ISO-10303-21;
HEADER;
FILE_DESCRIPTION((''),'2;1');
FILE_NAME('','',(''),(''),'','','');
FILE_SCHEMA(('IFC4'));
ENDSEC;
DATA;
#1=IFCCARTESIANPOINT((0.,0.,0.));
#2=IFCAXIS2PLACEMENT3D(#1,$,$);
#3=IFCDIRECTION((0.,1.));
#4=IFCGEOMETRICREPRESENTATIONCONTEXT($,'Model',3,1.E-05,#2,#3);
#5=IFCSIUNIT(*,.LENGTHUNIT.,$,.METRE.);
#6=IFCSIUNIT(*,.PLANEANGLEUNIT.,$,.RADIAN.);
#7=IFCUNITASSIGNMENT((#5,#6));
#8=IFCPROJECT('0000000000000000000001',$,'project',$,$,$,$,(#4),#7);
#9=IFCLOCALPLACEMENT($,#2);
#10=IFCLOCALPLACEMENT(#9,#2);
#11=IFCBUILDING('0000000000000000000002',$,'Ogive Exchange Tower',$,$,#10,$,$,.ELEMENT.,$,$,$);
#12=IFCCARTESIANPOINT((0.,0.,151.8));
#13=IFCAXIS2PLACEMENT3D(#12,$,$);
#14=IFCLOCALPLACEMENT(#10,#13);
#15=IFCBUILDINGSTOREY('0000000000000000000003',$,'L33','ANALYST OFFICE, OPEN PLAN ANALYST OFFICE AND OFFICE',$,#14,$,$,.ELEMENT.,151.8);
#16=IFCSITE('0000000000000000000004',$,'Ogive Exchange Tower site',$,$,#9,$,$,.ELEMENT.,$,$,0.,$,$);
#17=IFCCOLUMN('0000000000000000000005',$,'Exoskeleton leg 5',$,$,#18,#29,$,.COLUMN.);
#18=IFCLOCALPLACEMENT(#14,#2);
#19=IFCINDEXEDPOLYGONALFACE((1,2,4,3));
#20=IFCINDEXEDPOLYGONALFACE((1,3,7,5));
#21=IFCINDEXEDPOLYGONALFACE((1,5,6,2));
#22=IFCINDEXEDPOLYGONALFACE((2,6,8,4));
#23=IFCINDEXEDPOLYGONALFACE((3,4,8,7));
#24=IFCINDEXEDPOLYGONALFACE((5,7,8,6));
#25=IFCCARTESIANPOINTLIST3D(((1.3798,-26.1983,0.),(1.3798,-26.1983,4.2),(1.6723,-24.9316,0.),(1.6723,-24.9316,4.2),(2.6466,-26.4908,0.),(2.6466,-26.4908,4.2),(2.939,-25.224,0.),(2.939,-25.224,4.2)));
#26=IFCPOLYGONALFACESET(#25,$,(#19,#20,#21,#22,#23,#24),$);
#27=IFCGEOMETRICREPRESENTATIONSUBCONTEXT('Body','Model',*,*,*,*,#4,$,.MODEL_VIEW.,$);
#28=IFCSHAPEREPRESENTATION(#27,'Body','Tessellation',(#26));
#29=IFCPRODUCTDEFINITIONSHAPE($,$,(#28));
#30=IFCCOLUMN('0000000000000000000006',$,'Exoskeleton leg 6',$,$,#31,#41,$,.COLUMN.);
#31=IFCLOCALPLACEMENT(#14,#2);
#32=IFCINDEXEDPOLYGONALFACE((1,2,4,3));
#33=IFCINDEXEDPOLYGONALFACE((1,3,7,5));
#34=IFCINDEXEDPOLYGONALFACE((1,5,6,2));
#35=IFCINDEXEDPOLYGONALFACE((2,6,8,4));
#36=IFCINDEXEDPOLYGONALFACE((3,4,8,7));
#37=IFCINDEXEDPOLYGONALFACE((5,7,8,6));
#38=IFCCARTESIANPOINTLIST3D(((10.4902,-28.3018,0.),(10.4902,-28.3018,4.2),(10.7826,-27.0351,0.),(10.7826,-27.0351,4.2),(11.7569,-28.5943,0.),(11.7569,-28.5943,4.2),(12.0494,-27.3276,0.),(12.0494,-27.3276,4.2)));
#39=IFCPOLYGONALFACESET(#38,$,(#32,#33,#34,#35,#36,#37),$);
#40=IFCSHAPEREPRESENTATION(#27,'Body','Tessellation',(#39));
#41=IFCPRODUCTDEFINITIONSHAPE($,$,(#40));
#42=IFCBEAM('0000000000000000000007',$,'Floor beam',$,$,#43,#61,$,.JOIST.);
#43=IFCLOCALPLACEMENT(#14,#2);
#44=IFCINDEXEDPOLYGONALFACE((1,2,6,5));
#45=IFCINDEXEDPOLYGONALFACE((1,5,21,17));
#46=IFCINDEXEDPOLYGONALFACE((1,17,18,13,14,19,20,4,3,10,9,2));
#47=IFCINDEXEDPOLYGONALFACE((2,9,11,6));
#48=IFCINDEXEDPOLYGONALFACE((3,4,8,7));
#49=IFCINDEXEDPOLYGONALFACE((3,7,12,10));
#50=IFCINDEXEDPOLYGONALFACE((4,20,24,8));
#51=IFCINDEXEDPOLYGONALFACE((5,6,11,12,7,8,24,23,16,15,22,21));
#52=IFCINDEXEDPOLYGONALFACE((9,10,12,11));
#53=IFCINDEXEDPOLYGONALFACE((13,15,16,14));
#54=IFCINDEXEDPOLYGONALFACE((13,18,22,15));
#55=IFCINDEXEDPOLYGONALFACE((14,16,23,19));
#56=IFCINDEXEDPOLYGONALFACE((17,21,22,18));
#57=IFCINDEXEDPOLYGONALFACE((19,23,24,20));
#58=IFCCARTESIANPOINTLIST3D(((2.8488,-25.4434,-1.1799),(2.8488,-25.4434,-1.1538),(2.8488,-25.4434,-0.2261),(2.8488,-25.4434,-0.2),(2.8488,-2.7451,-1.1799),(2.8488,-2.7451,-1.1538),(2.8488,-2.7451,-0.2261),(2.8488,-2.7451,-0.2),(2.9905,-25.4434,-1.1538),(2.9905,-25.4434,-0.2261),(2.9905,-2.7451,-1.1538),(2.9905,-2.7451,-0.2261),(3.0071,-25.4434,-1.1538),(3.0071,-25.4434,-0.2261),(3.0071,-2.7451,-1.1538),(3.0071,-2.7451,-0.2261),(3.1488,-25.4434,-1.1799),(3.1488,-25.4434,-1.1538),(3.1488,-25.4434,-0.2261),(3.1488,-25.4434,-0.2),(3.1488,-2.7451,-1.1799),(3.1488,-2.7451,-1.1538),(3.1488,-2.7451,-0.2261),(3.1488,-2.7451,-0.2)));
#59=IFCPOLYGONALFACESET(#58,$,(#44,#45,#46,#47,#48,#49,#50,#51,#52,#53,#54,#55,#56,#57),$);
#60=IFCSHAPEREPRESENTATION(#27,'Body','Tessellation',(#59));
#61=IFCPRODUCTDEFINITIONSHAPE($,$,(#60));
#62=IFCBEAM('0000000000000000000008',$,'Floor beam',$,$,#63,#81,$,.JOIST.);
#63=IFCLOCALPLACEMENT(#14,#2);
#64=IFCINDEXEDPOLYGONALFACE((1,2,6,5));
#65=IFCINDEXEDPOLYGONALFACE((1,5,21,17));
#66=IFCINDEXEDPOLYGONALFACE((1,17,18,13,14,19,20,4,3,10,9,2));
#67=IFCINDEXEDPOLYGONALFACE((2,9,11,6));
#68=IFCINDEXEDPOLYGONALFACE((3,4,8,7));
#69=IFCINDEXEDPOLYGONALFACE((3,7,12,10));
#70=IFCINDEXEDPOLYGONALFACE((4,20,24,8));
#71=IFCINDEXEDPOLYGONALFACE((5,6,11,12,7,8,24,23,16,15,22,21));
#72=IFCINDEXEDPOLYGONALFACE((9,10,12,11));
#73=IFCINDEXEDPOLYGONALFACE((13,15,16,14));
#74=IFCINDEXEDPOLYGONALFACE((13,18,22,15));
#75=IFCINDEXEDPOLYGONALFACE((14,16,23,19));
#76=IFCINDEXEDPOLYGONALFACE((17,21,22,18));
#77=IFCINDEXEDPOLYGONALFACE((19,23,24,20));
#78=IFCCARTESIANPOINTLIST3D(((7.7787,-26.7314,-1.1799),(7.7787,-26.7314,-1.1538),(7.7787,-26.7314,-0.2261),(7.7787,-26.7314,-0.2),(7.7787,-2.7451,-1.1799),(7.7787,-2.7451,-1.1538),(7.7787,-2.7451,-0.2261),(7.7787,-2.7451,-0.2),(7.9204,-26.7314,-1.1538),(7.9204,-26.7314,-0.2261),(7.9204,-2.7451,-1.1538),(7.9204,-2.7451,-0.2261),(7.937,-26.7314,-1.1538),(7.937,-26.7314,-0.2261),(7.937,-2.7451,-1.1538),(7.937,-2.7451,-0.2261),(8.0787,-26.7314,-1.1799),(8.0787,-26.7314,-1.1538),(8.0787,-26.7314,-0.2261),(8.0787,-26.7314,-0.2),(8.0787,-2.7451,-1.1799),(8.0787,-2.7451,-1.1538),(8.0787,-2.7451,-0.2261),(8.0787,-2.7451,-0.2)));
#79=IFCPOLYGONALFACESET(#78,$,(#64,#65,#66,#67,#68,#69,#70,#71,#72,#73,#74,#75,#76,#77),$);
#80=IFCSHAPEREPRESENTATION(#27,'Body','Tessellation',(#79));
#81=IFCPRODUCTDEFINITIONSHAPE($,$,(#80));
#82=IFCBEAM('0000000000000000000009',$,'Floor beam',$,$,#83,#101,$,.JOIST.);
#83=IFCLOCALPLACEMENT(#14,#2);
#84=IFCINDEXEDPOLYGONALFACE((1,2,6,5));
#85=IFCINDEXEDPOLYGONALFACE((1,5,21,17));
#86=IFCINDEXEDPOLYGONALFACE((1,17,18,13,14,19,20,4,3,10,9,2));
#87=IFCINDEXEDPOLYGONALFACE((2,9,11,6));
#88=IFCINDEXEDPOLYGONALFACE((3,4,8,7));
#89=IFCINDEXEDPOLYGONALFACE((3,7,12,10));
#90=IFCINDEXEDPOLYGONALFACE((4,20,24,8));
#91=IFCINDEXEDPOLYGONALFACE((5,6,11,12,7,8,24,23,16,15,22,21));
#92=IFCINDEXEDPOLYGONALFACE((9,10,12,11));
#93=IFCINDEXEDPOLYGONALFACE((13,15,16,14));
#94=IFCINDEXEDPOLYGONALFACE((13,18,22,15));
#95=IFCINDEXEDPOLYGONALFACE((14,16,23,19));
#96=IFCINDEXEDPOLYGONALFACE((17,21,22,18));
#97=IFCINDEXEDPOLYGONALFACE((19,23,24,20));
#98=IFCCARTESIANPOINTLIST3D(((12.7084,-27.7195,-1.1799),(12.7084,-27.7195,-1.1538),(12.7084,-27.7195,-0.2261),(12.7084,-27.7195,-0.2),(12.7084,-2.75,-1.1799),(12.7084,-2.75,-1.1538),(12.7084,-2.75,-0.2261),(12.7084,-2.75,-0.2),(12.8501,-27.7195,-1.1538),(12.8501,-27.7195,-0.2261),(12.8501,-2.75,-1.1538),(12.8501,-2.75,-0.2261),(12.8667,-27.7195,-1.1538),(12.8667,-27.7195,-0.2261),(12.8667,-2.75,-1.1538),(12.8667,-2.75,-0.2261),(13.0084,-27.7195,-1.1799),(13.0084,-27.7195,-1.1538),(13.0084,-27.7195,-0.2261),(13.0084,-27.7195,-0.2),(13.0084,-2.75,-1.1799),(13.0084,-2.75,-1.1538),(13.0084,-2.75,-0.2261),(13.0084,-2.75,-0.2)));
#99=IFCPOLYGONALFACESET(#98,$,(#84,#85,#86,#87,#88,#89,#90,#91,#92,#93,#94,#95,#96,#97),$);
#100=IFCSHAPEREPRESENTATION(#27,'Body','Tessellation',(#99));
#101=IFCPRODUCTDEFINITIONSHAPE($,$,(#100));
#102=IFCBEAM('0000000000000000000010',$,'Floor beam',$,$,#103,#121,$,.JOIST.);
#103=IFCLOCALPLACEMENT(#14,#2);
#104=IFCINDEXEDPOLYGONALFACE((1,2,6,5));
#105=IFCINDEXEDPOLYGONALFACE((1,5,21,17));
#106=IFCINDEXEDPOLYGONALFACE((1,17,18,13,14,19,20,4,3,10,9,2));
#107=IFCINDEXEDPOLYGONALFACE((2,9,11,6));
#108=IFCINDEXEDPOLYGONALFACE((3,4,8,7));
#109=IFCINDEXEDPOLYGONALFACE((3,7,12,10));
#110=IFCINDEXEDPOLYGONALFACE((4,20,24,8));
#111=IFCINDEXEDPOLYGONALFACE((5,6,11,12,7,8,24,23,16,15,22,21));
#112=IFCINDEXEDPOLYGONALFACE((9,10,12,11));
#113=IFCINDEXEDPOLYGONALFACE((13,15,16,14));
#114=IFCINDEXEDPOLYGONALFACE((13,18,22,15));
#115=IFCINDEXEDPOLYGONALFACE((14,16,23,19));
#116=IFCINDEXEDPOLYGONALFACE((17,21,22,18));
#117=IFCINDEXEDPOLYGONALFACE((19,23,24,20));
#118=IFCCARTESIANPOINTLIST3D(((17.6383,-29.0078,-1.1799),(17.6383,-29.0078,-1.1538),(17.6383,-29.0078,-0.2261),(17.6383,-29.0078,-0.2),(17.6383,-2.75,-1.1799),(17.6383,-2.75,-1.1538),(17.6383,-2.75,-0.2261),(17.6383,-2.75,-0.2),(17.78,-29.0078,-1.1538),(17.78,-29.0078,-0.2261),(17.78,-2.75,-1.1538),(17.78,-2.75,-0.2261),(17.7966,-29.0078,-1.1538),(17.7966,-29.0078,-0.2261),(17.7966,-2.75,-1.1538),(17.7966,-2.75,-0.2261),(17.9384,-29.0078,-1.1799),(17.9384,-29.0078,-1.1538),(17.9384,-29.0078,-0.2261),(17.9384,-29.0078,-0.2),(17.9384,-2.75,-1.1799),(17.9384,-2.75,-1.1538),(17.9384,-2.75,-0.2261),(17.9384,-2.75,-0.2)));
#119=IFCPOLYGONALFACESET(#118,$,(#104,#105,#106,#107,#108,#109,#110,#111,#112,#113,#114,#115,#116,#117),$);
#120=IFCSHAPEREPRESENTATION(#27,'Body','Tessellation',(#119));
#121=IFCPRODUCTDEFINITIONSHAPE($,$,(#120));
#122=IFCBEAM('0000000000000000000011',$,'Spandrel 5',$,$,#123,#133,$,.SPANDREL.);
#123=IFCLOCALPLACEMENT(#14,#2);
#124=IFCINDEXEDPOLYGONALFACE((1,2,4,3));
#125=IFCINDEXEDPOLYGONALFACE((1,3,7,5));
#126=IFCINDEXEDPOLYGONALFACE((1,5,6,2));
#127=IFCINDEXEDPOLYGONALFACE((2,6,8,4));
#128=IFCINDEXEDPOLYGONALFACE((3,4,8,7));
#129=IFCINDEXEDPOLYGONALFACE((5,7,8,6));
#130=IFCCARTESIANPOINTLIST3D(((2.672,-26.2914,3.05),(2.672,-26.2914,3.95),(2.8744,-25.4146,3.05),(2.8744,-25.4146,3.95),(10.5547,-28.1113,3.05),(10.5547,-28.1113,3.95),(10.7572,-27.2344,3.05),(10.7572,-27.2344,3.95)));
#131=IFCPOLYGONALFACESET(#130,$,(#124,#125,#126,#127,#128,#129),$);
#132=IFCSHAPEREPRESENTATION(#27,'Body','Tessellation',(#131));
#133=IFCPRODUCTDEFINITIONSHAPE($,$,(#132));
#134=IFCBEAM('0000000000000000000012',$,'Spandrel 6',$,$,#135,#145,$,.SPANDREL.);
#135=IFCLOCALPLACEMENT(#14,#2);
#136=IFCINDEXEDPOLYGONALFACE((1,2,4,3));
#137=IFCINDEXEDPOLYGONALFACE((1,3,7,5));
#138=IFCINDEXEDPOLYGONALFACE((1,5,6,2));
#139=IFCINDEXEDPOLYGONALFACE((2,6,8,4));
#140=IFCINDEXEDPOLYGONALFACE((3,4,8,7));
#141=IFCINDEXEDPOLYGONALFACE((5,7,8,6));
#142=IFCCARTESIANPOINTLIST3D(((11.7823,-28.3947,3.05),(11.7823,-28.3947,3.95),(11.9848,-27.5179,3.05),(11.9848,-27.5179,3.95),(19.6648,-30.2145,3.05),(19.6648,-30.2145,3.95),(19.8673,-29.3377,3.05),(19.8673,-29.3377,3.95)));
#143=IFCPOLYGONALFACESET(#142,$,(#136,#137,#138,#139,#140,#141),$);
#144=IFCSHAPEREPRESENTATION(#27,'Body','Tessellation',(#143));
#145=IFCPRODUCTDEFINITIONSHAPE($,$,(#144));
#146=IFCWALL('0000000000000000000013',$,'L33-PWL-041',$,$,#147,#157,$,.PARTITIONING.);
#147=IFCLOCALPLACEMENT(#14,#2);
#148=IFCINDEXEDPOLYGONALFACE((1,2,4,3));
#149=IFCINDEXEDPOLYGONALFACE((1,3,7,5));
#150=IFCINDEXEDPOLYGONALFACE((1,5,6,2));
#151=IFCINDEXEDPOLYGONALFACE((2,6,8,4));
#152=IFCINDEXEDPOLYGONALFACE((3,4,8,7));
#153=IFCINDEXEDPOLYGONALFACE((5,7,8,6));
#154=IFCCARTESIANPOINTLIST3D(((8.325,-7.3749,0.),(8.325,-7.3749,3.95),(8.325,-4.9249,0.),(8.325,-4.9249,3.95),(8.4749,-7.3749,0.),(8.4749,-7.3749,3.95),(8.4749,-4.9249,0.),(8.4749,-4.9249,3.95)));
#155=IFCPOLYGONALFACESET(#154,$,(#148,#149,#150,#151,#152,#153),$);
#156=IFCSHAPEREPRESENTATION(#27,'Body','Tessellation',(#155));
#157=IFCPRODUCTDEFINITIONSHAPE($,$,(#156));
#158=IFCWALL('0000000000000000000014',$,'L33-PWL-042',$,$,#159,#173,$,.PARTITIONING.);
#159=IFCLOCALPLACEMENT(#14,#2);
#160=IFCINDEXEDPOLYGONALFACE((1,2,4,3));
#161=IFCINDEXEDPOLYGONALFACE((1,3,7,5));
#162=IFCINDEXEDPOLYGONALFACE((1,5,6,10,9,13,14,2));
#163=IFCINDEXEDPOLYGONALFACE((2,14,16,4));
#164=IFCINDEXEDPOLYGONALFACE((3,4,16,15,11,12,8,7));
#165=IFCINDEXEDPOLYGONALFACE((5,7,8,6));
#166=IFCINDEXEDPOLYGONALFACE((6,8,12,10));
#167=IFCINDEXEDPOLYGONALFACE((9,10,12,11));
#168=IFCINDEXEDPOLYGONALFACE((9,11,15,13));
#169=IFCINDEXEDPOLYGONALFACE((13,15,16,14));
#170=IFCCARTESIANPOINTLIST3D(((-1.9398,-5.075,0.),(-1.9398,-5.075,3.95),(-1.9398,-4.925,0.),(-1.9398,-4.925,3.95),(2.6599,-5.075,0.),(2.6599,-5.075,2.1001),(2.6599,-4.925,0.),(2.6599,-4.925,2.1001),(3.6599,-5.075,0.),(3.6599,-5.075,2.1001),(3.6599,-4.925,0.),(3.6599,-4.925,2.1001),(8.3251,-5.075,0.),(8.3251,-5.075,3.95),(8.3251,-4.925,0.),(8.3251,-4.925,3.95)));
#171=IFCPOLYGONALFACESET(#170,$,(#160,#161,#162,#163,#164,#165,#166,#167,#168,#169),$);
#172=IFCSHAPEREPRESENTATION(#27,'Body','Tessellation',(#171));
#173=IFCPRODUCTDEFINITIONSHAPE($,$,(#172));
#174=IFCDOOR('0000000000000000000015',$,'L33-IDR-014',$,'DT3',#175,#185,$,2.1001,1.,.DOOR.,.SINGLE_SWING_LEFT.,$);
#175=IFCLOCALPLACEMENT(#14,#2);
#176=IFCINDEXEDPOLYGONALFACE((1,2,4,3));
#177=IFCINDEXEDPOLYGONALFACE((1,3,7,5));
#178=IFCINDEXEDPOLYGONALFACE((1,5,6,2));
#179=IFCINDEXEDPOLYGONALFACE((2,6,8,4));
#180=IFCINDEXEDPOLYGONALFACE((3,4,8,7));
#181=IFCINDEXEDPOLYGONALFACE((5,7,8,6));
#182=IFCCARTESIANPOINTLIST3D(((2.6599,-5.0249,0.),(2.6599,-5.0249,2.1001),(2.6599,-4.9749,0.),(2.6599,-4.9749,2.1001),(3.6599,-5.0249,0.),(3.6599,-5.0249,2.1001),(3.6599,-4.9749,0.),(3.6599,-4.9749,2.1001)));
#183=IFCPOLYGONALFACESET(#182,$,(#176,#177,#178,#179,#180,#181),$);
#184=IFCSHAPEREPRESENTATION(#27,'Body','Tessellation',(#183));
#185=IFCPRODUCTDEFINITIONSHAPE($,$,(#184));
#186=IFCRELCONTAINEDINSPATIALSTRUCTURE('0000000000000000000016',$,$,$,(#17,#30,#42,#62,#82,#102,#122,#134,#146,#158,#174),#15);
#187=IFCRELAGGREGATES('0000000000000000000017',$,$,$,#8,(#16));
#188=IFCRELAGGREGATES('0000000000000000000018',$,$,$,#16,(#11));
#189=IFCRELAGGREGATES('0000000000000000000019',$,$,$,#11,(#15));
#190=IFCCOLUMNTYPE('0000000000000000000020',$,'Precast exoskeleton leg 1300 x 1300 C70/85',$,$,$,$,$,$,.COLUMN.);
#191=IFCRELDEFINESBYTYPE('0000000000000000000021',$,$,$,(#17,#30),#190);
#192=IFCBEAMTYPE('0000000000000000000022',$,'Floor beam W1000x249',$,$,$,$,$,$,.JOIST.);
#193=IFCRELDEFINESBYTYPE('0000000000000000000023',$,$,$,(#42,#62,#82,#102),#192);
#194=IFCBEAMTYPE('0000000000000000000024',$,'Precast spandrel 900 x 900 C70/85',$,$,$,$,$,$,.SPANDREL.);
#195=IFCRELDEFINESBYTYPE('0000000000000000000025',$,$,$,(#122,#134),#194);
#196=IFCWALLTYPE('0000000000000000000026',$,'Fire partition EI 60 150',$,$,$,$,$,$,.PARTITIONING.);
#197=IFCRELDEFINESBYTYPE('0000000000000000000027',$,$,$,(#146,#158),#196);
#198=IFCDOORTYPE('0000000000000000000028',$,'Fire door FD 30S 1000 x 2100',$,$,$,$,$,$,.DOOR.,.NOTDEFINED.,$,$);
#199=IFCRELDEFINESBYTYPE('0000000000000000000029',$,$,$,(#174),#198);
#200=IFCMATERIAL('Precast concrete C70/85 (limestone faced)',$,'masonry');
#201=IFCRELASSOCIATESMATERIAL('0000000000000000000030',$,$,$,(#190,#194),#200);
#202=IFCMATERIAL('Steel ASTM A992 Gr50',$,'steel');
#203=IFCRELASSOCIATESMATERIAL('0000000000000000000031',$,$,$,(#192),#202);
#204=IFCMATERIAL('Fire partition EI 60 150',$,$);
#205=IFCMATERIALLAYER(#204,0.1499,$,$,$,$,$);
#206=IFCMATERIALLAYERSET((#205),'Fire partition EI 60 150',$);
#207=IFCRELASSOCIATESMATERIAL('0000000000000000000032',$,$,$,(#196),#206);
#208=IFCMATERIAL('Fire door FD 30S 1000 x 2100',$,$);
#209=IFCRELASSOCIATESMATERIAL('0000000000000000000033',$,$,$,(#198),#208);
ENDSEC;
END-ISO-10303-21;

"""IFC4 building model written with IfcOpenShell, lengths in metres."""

from ifc_helpers import new_model, si_unit, direction, frame, frame_2d, origin, origin_2d, place, context, subcontext, project, spatial, rectangle, i_section, extrude, material, layer, layer_set, material_profile, profile_set, type_object, element, fill, save


model = new_model("IFC4")

# Units and contexts
model_context = context("Model", 3, precision=1e-05, world=origin(), true_north=direction((0.0, 1.0)))
body_context = subcontext(model_context, "Body", "Model", "MODEL_VIEW")
ifc_project = project(units=[si_unit("LENGTHUNIT", "METRE"), si_unit("PLANEANGLEUNIT", "RADIAN")], contexts=[model_context])

# Site, building, storey
site_placement = place(None, origin())
site = spatial("IfcSite", under=ifc_project, at=site_placement, Name="Ogive Exchange Tower site", CompositionType="ELEMENT", RefElevation=0.0)
building_placement = place(site_placement, origin())
building = spatial("IfcBuilding", under=site, at=building_placement, Name="Ogive Exchange Tower", CompositionType="ELEMENT")
storey_placement = place(building_placement, frame((0.0, 0.0, 151.8)))
storey = spatial("IfcBuildingStorey", under=building, at=storey_placement, Name="L33", Description="ANALYST OFFICE, OPEN PLAN ANALYST OFFICE AND OFFICE", CompositionType="ELEMENT", Elevation=151.8)

# Columns
ifc_material_1 = material(Name="Precast concrete C70/85 (limestone faced)", Category="masonry")
ifc_material_profile_1 = material_profile(ifc_material_1, rectangle(XDim=1.3, YDim=1.3, at=origin_2d()), Name="1300 x 1300")
ifc_profile_set_1 = profile_set([ifc_material_profile_1], Name="Precast concrete C70/85 (limestone faced)")
column_type = type_object("IfcColumnType", Name="Precast exoskeleton leg 1300 x 1300 C70/85", PredefinedType="COLUMN", material=ifc_profile_set_1)
for number, where, z_axis, x_axis, name in (
    (1, (2.1594, -25.7112, 0.0), (0.0, 0.0, 1.0), (0.97437, -0.224951, 0.0), "Exoskeleton leg 5"),
    (2, (11.2698, -27.8147, 0.0), (0.0, 0.0, 1.0), (0.97437, -0.224951, 0.0), "Exoskeleton leg 6"),
):
    element("IfcColumn", number, at=place(storey_placement, frame(where, z_axis=z_axis, x_axis=x_axis)), inside=storey, type_object=column_type, Name=name, PredefinedType="COLUMN", context=body_context, shape_type="SweptSolid", body=[
        extrude(rectangle(XDim=1.3, YDim=1.3, at=origin_2d()), origin(), (0.0, 0.0, 1.0), 4.2),
    ])

# Beams
ifc_material_2 = material(Name="Steel ASTM A992 Gr50", Category="steel")
ifc_material_profile_2 = material_profile(ifc_material_2, i_section(OverallWidth=0.3, OverallDepth=0.98, WebThickness=0.0166, FlangeThickness=0.0261, at=origin_2d()), Name="W1000x249")
ifc_profile_set_2 = profile_set([ifc_material_profile_2], Name="Steel ASTM A992 Gr50")
beam_type_1 = type_object("IfcBeamType", Name="Floor beam W1000x249", PredefinedType="JOIST", material=ifc_profile_set_2)
beam_1_placement = place(storey_placement, frame((2.9988, -25.4434, -0.6899), z_axis=(0.0, 1.0, 0.0), x_axis=(-1.0, 0.0, 0.0)))
element("IfcBeam", 3, at=beam_1_placement, inside=storey, type_object=beam_type_1, Name="Floor beam", PredefinedType="JOIST", context=body_context, shape_type="SweptSolid", body=[
    extrude(i_section(OverallWidth=0.3, OverallDepth=0.98, WebThickness=0.0166, FlangeThickness=0.0261, at=origin_2d()), origin(), (0.0, 0.0, 1.0), 22.6982),
])
beam_2_placement = place(storey_placement, frame((7.9287, -26.7314, -0.6899), z_axis=(0.0, 1.0, 0.0), x_axis=(-1.0, 0.0, 0.0)))
element("IfcBeam", 4, at=beam_2_placement, inside=storey, type_object=beam_type_1, Name="Floor beam", PredefinedType="JOIST", context=body_context, shape_type="SweptSolid", body=[
    extrude(i_section(OverallWidth=0.3, OverallDepth=0.98, WebThickness=0.0166, FlangeThickness=0.0261, at=origin_2d()), origin(), (0.0, 0.0, 1.0), 23.9863),
])
beam_3_placement = place(storey_placement, frame((12.8584, -27.7195, -0.6899), z_axis=(0.0, 1.0, 0.0), x_axis=(-1.0, 0.0, 0.0)))
element("IfcBeam", 5, at=beam_3_placement, inside=storey, type_object=beam_type_1, Name="Floor beam", PredefinedType="JOIST", context=body_context, shape_type="SweptSolid", body=[
    extrude(i_section(OverallWidth=0.3, OverallDepth=0.98, WebThickness=0.0166, FlangeThickness=0.0261, at=origin_2d()), origin(), (0.0, 0.0, 1.0), 24.9695),
])
beam_4_placement = place(storey_placement, frame((17.7883, -29.0078, -0.6899), z_axis=(0.0, 1.0, 0.0), x_axis=(-1.0, 0.0, 0.0)))
element("IfcBeam", 6, at=beam_4_placement, inside=storey, type_object=beam_type_1, Name="Floor beam", PredefinedType="JOIST", context=body_context, shape_type="SweptSolid", body=[
    extrude(i_section(OverallWidth=0.3, OverallDepth=0.98, WebThickness=0.0166, FlangeThickness=0.0261, at=origin_2d()), origin(), (0.0, 0.0, 1.0), 26.2578),
])
ifc_material_profile_3 = material_profile(ifc_material_1, rectangle(XDim=0.8999, YDim=0.8999, at=origin_2d()), Name="900 x 900")
ifc_profile_set_3 = profile_set([ifc_material_profile_3], Name="Precast concrete C70/85 (limestone faced)")
beam_type_2 = type_object("IfcBeamType", Name="Precast spandrel 900 x 900 C70/85", PredefinedType="SPANDREL", material=ifc_profile_set_3)
beam_5_placement = place(storey_placement, frame((2.7732, -25.853, 3.5), z_axis=(0.974372, -0.224943, 0.0), x_axis=(0.224943, 0.974372, 0.0)))
element("IfcBeam", 7, at=beam_5_placement, inside=storey, type_object=beam_type_2, Name="Spandrel 5", PredefinedType="SPANDREL", context=body_context, shape_type="SweptSolid", body=[
    extrude(rectangle(XDim=0.8999, YDim=0.8999, at=origin_2d()), origin(), (0.0, 0.0, 1.0), 8.0901),
])
beam_6_placement = place(storey_placement, frame((11.8835, -27.9563, 3.5), z_axis=(0.97437, -0.22495, 0.0), x_axis=(0.22495, 0.97437, 0.0)))
element("IfcBeam", 8, at=beam_6_placement, inside=storey, type_object=beam_type_2, Name="Spandrel 6", PredefinedType="SPANDREL", context=body_context, shape_type="SweptSolid", body=[
    extrude(rectangle(XDim=0.8999, YDim=0.8999, at=origin_2d()), origin(), (0.0, 0.0, 1.0), 8.0898),
])

# Wall
ifc_material_3 = material(Name="Fire partition EI 60 150")
ifc_layer_1 = layer(ifc_material_3, 0.1499)
ifc_layer_set_1 = layer_set([ifc_layer_1], Name="Fire partition EI 60 150")
wall_type_1 = type_object("IfcWallType", Name="Fire partition EI 60 150", PredefinedType="PARTITIONING", material=ifc_layer_set_1)
wall_1_placement = place(storey_placement, frame((8.3999, -7.375, 0.0), z_axis=(0.0, 0.0, 1.0), x_axis=(0.0, 1.0, 0.0)))
element("IfcWall", 9, at=wall_1_placement, inside=storey, type_object=wall_type_1, Name="L33-PWL-041", PredefinedType="PARTITIONING", context=body_context, shape_type="SweptSolid", body=[
    extrude(rectangle(XDim=2.45, YDim=0.1499, at=frame_2d((1.2251, 0.0))), origin(), (0.0, 0.0, 1.0), 3.95),
])

# Wall, opening, door
wall_2_placement = place(storey_placement, frame((8.325, -5.0, 0.0), z_axis=(0.0, 0.0, 1.0), x_axis=(-1.0, 0.0, 0.0)))
wall_2 = element("IfcWall", 10, at=wall_2_placement, inside=storey, type_object=wall_type_1, Name="L33-PWL-042", PredefinedType="PARTITIONING", context=body_context, shape_type="SweptSolid", body=[
    extrude(rectangle(XDim=10.2649, YDim=0.1499, at=frame_2d((5.1323, 0.0))), origin(), (0.0, 0.0, 1.0), 3.95),
])
opening_1_placement = place(wall_2_placement, frame((4.665, 0.0, 0.0)))
opening_1 = element("IfcOpeningElement", 11, at=opening_1_placement, cuts=wall_2, PredefinedType="OPENING", context=body_context, shape_type="SweptSolid", body=[
    extrude(rectangle(XDim=1.0, YDim=2.1001, at=frame_2d((0.5, 1.05))), frame((0.0, 0.085, 0.0), z_axis=(0.0, -1.0, 0.0), x_axis=(1.0, 0.0, 0.0)), (0.0, 0.0, 1.0), 0.1699),
])
ifc_material_4 = material(Name="Fire door FD 30S 1000 x 2100")
door_type_1 = type_object("IfcDoorType", Name="Fire door FD 30S 1000 x 2100", OperationType="NOTDEFINED", PredefinedType="DOOR", material=ifc_material_4)
door_1_placement = place(opening_1_placement, origin())
door_1 = element("IfcDoor", 12, at=door_1_placement, inside=storey, type_object=door_type_1, Name="L33-IDR-014", ObjectType="DT3", OperationType="SINGLE_SWING_LEFT", OverallHeight=2.1001, OverallWidth=1.0, PredefinedType="DOOR", context=body_context, shape_type="SweptSolid", body=[
    extrude(rectangle(XDim=1.0, YDim=2.1001, at=frame_2d((0.5, 1.05))), frame((0.0, 0.0249, 0.0), z_axis=(0.0, -1.0, 0.0), x_axis=(1.0, 0.0, 0.0)), (0.0, 0.0, 1.0), 0.05),
])
fill(opening_1, door_1)

save(model, "model.ifc")
